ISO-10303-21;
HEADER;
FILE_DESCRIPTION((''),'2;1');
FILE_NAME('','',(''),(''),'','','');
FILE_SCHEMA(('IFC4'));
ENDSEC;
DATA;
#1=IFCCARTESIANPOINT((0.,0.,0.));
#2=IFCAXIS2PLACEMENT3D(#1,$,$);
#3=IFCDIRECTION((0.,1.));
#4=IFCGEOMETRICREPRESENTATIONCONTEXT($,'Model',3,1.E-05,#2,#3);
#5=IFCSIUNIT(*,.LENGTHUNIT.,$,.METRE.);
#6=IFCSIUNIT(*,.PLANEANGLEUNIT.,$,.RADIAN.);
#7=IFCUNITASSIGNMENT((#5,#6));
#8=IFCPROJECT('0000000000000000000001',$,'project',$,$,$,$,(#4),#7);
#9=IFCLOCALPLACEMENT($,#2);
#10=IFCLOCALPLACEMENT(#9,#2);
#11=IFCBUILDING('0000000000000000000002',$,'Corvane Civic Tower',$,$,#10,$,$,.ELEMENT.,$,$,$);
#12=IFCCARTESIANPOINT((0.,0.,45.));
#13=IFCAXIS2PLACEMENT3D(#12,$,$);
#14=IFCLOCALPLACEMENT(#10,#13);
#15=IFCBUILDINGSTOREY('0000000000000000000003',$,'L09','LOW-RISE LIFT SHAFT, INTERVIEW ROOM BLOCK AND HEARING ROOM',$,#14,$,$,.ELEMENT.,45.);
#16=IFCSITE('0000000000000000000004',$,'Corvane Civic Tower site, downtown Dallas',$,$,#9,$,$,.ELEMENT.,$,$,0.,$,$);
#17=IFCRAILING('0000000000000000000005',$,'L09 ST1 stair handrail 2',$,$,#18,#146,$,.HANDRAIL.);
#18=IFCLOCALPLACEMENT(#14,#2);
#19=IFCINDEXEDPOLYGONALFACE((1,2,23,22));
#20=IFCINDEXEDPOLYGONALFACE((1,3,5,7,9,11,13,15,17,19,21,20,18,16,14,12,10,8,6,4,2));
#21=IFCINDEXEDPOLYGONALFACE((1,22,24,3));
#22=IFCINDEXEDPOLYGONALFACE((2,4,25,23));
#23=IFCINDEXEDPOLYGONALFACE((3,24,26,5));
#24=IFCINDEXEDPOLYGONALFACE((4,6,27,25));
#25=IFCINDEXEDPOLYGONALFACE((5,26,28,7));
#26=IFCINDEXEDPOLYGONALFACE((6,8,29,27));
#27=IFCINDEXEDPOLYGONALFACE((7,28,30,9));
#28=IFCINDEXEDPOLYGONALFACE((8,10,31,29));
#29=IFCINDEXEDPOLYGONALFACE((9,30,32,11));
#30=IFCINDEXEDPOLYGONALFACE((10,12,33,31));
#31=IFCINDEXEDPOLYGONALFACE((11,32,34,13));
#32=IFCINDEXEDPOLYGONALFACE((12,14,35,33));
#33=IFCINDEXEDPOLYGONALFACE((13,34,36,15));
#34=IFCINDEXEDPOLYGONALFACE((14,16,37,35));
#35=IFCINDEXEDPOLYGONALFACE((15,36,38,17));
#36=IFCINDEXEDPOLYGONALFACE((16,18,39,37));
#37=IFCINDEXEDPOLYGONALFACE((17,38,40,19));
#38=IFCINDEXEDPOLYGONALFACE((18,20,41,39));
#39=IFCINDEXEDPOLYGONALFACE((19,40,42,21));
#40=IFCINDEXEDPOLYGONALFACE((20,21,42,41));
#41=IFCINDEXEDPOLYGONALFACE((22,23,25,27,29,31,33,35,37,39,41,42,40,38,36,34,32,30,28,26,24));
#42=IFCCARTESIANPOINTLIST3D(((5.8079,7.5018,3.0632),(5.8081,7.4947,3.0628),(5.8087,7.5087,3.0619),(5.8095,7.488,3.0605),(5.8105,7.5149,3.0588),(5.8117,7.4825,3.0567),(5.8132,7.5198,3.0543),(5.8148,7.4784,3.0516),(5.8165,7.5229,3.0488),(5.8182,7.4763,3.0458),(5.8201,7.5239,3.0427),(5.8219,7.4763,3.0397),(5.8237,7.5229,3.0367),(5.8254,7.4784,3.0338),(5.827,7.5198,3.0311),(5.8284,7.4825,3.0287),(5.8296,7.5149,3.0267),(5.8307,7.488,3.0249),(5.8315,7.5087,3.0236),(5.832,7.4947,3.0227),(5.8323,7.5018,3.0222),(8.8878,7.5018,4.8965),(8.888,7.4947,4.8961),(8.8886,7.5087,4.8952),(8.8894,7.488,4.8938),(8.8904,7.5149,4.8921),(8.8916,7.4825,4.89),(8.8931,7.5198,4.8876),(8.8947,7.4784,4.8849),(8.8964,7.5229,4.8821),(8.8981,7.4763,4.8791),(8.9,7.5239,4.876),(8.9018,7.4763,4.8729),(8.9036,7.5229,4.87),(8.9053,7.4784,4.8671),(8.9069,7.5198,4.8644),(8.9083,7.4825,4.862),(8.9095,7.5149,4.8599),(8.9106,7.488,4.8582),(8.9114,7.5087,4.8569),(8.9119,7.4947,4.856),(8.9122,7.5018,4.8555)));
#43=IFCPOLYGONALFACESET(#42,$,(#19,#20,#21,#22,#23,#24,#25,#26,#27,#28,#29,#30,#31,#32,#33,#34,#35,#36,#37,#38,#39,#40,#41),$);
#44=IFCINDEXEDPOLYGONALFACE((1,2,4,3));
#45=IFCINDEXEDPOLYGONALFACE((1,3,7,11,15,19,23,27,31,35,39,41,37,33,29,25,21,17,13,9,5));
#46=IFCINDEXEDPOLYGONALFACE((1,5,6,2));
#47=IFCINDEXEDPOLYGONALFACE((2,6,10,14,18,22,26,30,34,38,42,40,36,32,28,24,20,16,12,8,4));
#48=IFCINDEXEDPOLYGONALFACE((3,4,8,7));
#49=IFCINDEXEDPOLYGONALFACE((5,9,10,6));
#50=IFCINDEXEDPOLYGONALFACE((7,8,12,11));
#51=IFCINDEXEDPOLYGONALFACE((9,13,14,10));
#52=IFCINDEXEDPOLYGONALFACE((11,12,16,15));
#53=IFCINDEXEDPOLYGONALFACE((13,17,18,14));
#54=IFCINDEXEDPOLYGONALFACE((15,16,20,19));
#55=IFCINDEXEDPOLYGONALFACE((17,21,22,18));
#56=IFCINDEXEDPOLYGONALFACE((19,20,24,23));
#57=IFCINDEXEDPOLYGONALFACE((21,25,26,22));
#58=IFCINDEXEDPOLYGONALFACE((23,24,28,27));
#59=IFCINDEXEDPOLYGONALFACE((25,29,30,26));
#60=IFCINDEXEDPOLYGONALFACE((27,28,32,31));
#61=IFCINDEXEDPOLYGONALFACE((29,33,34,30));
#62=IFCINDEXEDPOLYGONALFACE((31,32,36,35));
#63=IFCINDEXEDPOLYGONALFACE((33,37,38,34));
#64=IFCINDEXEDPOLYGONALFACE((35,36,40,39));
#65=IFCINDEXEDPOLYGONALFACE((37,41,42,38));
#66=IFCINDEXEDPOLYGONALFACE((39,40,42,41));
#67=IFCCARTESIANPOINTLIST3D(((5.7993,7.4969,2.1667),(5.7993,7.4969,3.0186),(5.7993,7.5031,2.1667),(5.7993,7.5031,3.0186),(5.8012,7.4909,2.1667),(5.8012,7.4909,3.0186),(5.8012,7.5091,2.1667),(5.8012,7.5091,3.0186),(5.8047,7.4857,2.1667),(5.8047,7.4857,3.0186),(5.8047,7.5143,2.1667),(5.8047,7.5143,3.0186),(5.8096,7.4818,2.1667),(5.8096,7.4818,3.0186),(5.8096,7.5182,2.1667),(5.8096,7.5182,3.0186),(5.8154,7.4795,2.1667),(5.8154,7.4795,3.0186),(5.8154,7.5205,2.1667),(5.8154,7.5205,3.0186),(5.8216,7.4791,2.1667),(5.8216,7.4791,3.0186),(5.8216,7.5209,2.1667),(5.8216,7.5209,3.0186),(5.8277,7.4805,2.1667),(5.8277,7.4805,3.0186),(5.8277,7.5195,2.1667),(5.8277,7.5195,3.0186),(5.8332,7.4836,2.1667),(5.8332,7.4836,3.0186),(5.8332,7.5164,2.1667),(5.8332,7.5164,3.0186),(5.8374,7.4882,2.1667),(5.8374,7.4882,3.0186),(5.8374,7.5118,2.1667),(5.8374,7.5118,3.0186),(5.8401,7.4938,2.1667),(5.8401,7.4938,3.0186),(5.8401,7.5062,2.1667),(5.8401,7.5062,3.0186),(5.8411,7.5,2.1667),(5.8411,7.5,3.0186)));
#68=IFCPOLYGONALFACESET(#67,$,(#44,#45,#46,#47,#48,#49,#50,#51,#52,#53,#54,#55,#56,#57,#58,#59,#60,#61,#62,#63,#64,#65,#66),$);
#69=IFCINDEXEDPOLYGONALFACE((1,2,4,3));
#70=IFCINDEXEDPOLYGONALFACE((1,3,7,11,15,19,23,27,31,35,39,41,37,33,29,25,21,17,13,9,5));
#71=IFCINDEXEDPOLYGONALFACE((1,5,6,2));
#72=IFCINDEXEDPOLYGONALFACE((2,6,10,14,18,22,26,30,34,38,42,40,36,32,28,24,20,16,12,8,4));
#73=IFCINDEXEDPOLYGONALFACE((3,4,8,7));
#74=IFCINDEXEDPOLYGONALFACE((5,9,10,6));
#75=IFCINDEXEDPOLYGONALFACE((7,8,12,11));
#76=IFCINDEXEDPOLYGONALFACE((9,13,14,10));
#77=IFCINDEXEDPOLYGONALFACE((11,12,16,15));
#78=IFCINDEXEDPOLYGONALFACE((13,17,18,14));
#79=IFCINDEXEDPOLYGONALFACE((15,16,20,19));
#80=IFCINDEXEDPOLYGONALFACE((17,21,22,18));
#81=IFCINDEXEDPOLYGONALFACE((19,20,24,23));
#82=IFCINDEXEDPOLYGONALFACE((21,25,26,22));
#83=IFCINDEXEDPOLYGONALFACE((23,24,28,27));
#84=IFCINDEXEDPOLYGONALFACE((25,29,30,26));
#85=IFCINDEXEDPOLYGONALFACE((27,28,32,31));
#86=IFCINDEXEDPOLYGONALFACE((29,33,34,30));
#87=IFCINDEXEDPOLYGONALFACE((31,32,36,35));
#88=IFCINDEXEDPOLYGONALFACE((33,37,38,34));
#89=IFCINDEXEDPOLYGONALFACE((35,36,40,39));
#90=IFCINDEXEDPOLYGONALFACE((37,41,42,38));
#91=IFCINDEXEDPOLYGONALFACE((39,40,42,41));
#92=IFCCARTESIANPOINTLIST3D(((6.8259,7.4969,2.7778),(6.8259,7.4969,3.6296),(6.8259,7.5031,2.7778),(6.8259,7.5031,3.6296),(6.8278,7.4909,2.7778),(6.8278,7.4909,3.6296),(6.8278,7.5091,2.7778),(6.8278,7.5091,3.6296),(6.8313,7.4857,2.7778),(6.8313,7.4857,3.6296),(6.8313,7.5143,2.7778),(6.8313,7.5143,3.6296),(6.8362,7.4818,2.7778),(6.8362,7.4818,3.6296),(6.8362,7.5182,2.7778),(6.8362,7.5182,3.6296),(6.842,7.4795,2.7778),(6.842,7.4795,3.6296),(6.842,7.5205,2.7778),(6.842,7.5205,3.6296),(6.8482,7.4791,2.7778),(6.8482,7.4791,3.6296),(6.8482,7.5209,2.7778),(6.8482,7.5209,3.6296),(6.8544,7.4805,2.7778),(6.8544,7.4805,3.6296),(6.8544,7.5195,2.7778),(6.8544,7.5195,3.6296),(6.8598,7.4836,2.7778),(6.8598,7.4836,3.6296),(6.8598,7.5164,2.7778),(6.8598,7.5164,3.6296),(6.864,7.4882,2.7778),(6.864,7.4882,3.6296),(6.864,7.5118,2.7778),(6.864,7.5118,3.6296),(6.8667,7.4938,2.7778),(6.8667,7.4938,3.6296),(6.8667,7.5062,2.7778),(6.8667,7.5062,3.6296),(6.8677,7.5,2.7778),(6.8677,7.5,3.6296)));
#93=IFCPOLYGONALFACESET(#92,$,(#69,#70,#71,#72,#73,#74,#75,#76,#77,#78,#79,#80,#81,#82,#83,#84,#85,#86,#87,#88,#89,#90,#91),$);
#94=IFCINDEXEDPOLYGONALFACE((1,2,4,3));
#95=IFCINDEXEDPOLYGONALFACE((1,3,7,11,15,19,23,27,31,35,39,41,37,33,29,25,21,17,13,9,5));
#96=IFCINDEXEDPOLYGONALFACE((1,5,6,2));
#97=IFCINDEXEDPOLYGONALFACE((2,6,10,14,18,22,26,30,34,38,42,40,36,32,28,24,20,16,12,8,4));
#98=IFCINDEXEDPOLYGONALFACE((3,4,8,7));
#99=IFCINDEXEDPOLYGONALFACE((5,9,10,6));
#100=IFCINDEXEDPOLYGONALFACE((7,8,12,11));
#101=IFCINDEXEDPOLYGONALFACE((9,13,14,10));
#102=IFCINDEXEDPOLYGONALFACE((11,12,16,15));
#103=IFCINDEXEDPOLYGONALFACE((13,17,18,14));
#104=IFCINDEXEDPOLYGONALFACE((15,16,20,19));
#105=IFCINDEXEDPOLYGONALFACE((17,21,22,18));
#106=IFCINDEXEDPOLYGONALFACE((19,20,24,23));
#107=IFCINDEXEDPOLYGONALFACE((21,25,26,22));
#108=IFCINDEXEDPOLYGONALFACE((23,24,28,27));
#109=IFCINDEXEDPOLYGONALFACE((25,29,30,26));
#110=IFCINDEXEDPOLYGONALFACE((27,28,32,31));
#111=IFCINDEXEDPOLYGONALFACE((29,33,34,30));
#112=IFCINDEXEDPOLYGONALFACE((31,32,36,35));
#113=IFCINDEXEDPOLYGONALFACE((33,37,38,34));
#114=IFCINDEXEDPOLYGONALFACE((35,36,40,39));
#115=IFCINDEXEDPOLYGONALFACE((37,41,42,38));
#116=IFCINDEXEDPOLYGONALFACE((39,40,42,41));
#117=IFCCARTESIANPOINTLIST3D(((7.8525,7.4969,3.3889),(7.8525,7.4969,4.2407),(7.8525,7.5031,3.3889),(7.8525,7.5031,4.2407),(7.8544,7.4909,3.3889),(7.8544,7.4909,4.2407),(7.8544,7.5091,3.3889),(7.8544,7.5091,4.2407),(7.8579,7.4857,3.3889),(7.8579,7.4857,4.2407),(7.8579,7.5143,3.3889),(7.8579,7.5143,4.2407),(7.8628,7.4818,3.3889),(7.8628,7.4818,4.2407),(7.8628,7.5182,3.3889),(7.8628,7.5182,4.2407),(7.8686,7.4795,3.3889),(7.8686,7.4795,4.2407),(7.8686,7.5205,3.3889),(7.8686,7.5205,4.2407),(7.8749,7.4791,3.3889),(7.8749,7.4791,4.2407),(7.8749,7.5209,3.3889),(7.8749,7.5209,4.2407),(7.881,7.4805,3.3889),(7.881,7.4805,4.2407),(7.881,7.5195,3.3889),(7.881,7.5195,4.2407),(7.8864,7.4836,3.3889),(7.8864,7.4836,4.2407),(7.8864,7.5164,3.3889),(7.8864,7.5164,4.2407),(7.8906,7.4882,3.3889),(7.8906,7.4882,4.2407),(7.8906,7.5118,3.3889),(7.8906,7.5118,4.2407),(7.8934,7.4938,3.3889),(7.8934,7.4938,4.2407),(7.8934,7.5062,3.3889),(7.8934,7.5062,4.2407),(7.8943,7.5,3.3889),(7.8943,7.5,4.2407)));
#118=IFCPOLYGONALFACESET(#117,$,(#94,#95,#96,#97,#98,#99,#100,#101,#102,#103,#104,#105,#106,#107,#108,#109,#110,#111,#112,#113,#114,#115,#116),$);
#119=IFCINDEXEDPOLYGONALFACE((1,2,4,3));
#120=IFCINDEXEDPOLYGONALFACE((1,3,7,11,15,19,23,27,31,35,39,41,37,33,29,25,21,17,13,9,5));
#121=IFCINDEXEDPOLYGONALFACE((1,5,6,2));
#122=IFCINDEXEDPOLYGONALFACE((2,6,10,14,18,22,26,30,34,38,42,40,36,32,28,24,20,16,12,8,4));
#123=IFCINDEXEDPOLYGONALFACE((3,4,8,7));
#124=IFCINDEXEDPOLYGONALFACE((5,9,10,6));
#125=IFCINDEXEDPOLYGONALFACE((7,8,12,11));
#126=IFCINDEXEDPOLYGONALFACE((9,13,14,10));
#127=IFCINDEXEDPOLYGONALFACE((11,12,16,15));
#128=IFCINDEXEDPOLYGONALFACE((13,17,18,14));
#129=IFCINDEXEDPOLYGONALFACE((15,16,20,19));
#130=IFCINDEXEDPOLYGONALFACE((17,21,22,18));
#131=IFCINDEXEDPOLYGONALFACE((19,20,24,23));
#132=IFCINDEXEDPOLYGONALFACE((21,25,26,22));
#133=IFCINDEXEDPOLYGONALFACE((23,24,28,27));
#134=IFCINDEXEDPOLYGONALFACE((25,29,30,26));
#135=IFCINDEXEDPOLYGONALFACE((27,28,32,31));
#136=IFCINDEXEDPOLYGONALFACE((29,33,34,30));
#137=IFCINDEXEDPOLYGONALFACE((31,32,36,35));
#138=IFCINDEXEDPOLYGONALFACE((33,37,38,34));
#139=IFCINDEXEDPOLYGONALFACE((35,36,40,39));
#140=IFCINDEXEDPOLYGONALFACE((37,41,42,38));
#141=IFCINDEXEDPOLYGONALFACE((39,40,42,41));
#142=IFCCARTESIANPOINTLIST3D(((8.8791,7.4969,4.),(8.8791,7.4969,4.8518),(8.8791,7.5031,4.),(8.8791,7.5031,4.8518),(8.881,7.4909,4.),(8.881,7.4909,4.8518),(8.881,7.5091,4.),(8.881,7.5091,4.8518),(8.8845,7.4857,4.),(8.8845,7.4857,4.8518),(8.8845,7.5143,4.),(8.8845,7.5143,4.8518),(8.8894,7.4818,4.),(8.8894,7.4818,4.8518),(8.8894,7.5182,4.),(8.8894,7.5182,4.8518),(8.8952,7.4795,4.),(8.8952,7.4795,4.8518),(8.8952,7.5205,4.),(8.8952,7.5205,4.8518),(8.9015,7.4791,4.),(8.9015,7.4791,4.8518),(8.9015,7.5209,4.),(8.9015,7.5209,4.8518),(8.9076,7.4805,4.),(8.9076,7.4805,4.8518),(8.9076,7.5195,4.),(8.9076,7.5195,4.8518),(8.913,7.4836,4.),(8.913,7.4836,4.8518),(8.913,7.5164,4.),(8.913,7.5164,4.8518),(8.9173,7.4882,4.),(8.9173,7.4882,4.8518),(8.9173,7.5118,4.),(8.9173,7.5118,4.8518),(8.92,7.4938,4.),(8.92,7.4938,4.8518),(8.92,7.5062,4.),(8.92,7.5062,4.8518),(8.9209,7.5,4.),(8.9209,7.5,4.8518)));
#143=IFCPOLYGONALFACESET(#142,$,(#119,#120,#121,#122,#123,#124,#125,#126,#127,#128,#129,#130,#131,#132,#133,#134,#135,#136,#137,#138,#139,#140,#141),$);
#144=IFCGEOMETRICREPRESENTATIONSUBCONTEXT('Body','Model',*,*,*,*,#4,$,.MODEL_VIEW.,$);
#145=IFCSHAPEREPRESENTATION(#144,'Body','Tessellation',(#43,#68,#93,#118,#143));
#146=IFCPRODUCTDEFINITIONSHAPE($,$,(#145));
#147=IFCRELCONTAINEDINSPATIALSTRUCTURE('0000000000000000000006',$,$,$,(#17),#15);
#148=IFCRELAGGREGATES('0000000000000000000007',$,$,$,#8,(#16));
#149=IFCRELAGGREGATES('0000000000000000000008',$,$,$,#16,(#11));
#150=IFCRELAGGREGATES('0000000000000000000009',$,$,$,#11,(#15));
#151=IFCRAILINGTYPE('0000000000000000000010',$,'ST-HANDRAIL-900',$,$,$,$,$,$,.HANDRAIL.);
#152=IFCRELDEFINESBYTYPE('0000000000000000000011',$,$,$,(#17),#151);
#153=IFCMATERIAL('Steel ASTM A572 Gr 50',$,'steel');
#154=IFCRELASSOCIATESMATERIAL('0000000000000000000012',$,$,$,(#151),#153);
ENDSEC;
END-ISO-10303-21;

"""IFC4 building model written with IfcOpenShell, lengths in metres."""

from ifc_helpers import new_model, si_unit, direction, frame, origin, origin_2d, place, context, subcontext, project, spatial, circle, extrude, material, type_object, element, save


model = new_model("IFC4")

# Units and contexts
model_context = context("Model", 3, precision=1e-05, world=origin(), true_north=direction((0.0, 1.0)))
body_context = subcontext(model_context, "Body", "Model", "MODEL_VIEW")
ifc_project = project(units=[si_unit("LENGTHUNIT", "METRE"), si_unit("PLANEANGLEUNIT", "RADIAN")], contexts=[model_context])

# Site, building, storey
site_placement = place(None, origin())
site = spatial("IfcSite", under=ifc_project, at=site_placement, Name="Corvane Civic Tower site, downtown Dallas", CompositionType="ELEMENT", RefElevation=0.0)
building_placement = place(site_placement, origin())
building = spatial("IfcBuilding", under=site, at=building_placement, Name="Corvane Civic Tower", CompositionType="ELEMENT")
storey_placement = place(building_placement, frame((0.0, 0.0, 45.0)))
storey = spatial("IfcBuildingStorey", under=building, at=storey_placement, Name="L09", Description="LOW-RISE LIFT SHAFT, INTERVIEW ROOM BLOCK AND HEARING ROOM", CompositionType="ELEMENT", Elevation=45.0)

# Railing
ifc_material_1 = material(Name="Steel ASTM A572 Gr 50", Category="steel")
railing_type_1 = type_object("IfcRailingType", Name="ST-HANDRAIL-900", PredefinedType="HANDRAIL", material=ifc_material_1)
railing_1_placement = place(storey_placement, frame((5.8201, 7.5, 2.1667)))
element("IfcRailing", 1, at=railing_1_placement, inside=storey, type_object=railing_type_1, Name="L09 ST1 stair handrail 2", PredefinedType="HANDRAIL", context=body_context, shape_type="SweptSolid", body=[
    extrude(circle(Radius=0.0239, at=origin_2d()), frame((0.0, 0.0, 0.876), z_axis=(0.859291, 0.0, 0.511487), x_axis=(0.0, 1.0, 0.0)), (0.0, 0.0, 1.0), 3.5842),
    extrude(circle(Radius=0.021, at=origin_2d()), origin(), (0.0, 0.0, 1.0), 0.8518),
    extrude(circle(Radius=0.021, at=origin_2d()), frame((1.0266, 0.0, 0.6111)), (0.0, 0.0, 1.0), 0.8518),
    extrude(circle(Radius=0.021, at=origin_2d()), frame((2.0532, 0.0, 1.2222)), (0.0, 0.0, 1.0), 0.8518),
    extrude(circle(Radius=0.021, at=origin_2d()), frame((3.0798, 0.0, 1.8333)), (0.0, 0.0, 1.0), 0.8518),
])

save(model, "model.ifc")
